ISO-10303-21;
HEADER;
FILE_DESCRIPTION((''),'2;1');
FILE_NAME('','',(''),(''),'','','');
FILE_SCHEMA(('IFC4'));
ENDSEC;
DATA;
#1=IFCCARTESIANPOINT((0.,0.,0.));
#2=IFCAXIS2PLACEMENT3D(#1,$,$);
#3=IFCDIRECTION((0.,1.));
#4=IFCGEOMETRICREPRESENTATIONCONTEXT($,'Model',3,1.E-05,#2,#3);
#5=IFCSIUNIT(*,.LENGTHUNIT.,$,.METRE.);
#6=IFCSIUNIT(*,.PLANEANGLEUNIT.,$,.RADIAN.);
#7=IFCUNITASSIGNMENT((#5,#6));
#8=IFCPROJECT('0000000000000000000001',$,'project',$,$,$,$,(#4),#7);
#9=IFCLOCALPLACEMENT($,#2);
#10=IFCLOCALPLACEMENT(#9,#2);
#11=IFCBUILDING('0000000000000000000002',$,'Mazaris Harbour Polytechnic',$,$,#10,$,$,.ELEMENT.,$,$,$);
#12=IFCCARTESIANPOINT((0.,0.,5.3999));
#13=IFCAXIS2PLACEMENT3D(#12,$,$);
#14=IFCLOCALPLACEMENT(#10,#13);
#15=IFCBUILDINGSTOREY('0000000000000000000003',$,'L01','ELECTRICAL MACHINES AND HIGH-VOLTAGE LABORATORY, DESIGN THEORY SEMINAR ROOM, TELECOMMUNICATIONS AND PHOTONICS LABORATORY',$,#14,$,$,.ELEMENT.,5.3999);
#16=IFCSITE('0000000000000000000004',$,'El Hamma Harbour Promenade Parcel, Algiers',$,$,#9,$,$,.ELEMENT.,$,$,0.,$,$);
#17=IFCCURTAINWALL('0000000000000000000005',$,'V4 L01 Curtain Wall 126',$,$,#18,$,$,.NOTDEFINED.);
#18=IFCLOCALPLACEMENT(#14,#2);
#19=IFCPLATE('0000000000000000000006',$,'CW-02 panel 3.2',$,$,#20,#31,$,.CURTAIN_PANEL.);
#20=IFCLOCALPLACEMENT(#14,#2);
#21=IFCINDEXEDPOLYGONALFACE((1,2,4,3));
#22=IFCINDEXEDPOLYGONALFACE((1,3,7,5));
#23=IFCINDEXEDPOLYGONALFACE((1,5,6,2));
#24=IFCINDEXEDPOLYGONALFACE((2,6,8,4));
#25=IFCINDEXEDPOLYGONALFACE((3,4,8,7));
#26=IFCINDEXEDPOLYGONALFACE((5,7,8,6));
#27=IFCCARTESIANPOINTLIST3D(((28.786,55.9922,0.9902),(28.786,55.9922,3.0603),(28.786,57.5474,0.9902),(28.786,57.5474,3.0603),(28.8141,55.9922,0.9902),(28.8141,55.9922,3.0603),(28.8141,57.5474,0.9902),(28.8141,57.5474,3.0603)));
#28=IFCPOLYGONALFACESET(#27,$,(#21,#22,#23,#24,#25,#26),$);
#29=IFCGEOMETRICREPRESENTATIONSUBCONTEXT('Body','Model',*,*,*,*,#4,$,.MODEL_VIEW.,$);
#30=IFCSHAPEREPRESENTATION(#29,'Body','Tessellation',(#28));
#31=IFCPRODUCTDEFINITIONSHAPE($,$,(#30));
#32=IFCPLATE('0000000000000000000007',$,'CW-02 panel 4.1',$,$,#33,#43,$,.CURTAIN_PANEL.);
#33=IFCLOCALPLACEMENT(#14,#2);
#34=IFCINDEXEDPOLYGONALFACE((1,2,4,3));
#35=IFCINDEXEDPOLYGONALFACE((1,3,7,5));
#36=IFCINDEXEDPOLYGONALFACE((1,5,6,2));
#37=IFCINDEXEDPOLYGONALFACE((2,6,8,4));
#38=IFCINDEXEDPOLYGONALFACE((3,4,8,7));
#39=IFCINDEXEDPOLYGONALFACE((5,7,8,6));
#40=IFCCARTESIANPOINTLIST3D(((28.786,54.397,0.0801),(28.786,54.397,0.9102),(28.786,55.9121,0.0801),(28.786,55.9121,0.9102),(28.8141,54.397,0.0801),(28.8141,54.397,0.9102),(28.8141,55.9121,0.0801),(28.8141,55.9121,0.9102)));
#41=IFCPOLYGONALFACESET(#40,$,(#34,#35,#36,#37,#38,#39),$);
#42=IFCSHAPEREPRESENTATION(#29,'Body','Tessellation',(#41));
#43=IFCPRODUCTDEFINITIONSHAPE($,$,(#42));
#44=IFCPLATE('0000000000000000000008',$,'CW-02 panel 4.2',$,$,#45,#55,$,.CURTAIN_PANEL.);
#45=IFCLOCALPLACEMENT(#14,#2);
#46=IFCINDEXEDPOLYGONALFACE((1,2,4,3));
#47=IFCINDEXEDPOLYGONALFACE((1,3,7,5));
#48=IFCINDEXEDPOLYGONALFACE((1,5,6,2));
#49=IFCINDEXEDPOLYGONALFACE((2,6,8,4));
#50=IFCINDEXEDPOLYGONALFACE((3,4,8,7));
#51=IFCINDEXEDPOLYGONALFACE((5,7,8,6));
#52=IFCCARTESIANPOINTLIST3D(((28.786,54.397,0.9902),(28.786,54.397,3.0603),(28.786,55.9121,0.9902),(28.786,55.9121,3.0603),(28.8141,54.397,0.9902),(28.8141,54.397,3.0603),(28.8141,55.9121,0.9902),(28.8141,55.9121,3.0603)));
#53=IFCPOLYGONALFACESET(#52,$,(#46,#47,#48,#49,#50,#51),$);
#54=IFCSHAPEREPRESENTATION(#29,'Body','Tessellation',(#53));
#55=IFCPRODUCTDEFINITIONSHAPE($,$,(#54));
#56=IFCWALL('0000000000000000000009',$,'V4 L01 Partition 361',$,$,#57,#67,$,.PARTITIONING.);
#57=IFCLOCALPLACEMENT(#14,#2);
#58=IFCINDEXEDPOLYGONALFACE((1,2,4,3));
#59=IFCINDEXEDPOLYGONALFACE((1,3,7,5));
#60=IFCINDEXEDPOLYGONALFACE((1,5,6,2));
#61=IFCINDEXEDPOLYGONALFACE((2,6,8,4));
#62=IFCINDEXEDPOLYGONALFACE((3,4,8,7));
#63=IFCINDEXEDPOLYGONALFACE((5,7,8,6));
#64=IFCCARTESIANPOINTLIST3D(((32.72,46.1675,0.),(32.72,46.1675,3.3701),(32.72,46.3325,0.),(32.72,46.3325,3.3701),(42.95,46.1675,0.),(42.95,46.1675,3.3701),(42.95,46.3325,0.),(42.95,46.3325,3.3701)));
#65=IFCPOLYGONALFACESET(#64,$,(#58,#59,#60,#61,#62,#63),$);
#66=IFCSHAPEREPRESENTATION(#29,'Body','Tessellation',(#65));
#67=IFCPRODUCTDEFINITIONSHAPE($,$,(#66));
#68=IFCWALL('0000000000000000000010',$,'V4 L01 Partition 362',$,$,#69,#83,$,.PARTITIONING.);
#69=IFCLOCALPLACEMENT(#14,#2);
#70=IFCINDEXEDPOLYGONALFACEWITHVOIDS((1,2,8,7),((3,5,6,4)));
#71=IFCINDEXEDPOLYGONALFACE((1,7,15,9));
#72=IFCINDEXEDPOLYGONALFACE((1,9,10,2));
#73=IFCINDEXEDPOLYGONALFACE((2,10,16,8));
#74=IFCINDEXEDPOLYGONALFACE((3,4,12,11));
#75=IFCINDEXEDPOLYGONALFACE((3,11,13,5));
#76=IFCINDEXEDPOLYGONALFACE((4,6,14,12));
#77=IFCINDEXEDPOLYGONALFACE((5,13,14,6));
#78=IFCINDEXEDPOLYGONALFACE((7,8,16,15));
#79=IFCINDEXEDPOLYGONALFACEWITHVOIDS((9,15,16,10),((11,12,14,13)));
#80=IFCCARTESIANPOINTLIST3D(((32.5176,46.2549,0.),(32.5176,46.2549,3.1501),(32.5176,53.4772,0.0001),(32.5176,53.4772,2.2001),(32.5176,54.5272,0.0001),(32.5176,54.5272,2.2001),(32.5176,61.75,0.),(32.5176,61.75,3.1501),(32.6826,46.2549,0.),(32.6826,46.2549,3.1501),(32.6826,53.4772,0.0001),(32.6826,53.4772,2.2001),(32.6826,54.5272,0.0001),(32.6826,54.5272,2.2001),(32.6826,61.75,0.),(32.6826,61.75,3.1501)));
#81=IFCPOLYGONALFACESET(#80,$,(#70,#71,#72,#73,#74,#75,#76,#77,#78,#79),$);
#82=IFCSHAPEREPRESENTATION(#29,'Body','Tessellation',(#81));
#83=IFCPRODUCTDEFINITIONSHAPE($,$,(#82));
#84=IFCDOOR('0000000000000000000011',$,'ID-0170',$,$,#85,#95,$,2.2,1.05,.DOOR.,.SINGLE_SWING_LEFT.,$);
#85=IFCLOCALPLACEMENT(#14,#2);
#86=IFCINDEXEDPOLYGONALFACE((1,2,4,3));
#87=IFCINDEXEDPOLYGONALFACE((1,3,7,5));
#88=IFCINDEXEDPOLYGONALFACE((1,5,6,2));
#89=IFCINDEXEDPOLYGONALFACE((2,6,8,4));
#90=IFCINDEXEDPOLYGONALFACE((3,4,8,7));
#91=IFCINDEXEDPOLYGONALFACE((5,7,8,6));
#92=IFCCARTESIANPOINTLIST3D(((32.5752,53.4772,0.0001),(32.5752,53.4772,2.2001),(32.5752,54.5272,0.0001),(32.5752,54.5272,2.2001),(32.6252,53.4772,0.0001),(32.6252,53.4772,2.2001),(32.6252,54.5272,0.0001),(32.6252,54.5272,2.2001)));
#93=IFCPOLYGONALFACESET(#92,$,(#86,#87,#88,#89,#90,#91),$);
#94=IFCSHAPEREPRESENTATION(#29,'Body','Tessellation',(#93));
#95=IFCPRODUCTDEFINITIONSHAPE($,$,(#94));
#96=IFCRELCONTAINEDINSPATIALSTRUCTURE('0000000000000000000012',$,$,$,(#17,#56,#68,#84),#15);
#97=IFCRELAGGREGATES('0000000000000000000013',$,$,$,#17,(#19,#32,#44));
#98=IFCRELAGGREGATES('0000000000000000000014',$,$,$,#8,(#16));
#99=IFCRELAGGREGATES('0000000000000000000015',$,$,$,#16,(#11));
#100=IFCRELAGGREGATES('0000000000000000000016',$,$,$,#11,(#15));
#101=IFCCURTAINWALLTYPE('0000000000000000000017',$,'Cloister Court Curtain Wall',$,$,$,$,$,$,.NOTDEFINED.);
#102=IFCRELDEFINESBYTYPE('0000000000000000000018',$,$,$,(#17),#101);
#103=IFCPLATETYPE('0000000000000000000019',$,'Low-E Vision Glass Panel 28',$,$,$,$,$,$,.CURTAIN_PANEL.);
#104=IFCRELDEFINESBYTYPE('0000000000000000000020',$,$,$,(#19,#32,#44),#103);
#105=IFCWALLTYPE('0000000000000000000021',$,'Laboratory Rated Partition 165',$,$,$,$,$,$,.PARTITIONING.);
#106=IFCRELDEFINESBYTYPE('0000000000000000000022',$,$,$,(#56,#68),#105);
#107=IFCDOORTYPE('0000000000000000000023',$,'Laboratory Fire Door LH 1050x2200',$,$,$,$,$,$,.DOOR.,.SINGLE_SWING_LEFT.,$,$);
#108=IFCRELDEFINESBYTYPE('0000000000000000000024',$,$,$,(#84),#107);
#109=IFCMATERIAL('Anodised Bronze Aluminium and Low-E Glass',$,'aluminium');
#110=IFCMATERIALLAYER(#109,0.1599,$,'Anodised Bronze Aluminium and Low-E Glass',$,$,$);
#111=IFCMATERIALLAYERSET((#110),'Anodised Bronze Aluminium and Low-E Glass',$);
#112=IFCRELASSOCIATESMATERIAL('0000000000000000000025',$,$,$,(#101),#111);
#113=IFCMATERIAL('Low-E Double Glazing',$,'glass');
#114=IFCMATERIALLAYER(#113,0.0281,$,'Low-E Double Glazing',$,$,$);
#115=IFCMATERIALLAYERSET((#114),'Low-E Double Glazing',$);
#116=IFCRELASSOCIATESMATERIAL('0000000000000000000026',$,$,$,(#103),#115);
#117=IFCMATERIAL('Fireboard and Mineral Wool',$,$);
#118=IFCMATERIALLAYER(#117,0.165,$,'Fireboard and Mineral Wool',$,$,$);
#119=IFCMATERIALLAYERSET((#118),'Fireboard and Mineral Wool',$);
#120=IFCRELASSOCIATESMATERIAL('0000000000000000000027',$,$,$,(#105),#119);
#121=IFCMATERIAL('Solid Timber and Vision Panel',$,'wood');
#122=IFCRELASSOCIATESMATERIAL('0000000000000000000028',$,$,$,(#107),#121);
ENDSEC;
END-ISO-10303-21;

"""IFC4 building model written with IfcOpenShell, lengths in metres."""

from ifc_helpers import new_model, si_unit, direction, frame, frame_2d, origin, origin_2d, place, context, subcontext, project, spatial, rectangle, extrude, material, layer, layer_set, type_object, element, fill, aggregate, save


model = new_model("IFC4")

# Units and contexts
model_context = context("Model", 3, precision=1e-05, world=origin(), true_north=direction((0.0, 1.0)))
body_context = subcontext(model_context, "Body", "Model", "MODEL_VIEW")
ifc_project = project(units=[si_unit("LENGTHUNIT", "METRE"), si_unit("PLANEANGLEUNIT", "RADIAN")], contexts=[model_context])

# Site, building, storey
site_placement = place(None, origin())
site = spatial("IfcSite", under=ifc_project, at=site_placement, Name="El Hamma Harbour Promenade Parcel, Algiers", CompositionType="ELEMENT", RefElevation=0.0)
building_placement = place(site_placement, origin())
building = spatial("IfcBuilding", under=site, at=building_placement, Name="Mazaris Harbour Polytechnic", CompositionType="ELEMENT")
storey_placement = place(building_placement, frame((0.0, 0.0, 5.3999)))
storey = spatial("IfcBuildingStorey", under=building, at=storey_placement, Name="L01", Description="ELECTRICAL MACHINES AND HIGH-VOLTAGE LABORATORY, DESIGN THEORY SEMINAR ROOM, TELECOMMUNICATIONS AND PHOTONICS LABORATORY", CompositionType="ELEMENT", Elevation=5.3999)

# Curtain wall
ifc_material_1 = material(Name="Anodised Bronze Aluminium and Low-E Glass", Category="aluminium")
ifc_layer_1 = layer(ifc_material_1, 0.1599, Name="Anodised Bronze Aluminium and Low-E Glass")
ifc_layer_set_1 = layer_set([ifc_layer_1], Name="Anodised Bronze Aluminium and Low-E Glass")
curtain_wall_type = type_object("IfcCurtainWallType", Name="Cloister Court Curtain Wall", PredefinedType="NOTDEFINED", material=ifc_layer_set_1)
curtain_wall_1_placement = place(storey_placement, origin())
curtain_wall_1 = element("IfcCurtainWall", 1, at=curtain_wall_1_placement, inside=storey, type_object=curtain_wall_type, Name="V4 L01 Curtain Wall 126", PredefinedType="NOTDEFINED")

# Plates
ifc_material_2 = material(Name="Low-E Double Glazing", Category="glass")
ifc_layer_2 = layer(ifc_material_2, 0.0281, Name="Low-E Double Glazing")
ifc_layer_set_2 = layer_set([ifc_layer_2], Name="Low-E Double Glazing")
plate_type = type_object("IfcPlateType", Name="Low-E Vision Glass Panel 28", PredefinedType="CURTAIN_PANEL", material=ifc_layer_set_2)
plate_1_placement = place(storey_placement, frame((28.8, 56.7698, 0.9902), z_axis=(0.0, 0.0, 1.0), x_axis=(0.0, -1.0, 0.0)))
plate_1 = element("IfcPlate", 2, at=plate_1_placement, type_object=plate_type, Name="CW-02 panel 3.2", PredefinedType="CURTAIN_PANEL", context=body_context, shape_type="SweptSolid", body=[
    extrude(rectangle(XDim=1.5552, YDim=0.0281, at=origin_2d()), origin(), (0.0, 0.0, 1.0), 2.0701),
])
plate_2_placement = place(storey_placement, frame((28.8, 55.1545, 0.0801), z_axis=(0.0, 0.0, 1.0), x_axis=(0.0, -1.0, 0.0)))
plate_2 = element("IfcPlate", 3, at=plate_2_placement, type_object=plate_type, Name="CW-02 panel 4.1", PredefinedType="CURTAIN_PANEL", context=body_context, shape_type="SweptSolid", body=[
    extrude(rectangle(XDim=1.5151, YDim=0.0281, at=origin_2d()), origin(), (0.0, 0.0, 1.0), 0.8301),
])
plate_3_placement = place(storey_placement, frame((28.8, 55.1545, 0.9902), z_axis=(0.0, 0.0, 1.0), x_axis=(0.0, -1.0, 0.0)))
plate_3 = element("IfcPlate", 4, at=plate_3_placement, type_object=plate_type, Name="CW-02 panel 4.2", PredefinedType="CURTAIN_PANEL", context=body_context, shape_type="SweptSolid", body=[
    extrude(rectangle(XDim=1.5151, YDim=0.0281, at=origin_2d()), origin(), (0.0, 0.0, 1.0), 2.0701),
])
aggregate(curtain_wall_1, [plate_1, plate_2, plate_3])

# Wall
ifc_material_3 = material(Name="Fireboard and Mineral Wool")
ifc_layer_3 = layer(ifc_material_3, 0.165, Name="Fireboard and Mineral Wool")
ifc_layer_set_3 = layer_set([ifc_layer_3], Name="Fireboard and Mineral Wool")
wall_type = type_object("IfcWallType", Name="Laboratory Rated Partition 165", PredefinedType="PARTITIONING", material=ifc_layer_set_3)
wall_1_placement = place(storey_placement, frame((32.72, 46.25, 0.0), z_axis=(0.0, 0.0, 1.0), x_axis=(1.0, 0.0, 0.0)))
element("IfcWall", 5, at=wall_1_placement, inside=storey, type_object=wall_type, Name="V4 L01 Partition 361", PredefinedType="PARTITIONING", context=body_context, shape_type="SweptSolid", body=[
    extrude(rectangle(XDim=10.23, YDim=0.165, at=frame_2d((5.115, 0.0))), origin(), (0.0, 0.0, 1.0), 3.3701),
])

# Wall, opening, door
wall_2_placement = place(storey_placement, frame((32.6001, 46.2549, 0.0), z_axis=(0.0, 0.0, 1.0), x_axis=(0.0, 1.0, 0.0)))
wall_2 = element("IfcWall", 6, at=wall_2_placement, inside=storey, type_object=wall_type, Name="V4 L01 Partition 362", PredefinedType="PARTITIONING", context=body_context, shape_type="SweptSolid", body=[
    extrude(rectangle(XDim=15.4951, YDim=0.165, at=frame_2d((7.7476, 0.0))), origin(), (0.0, 0.0, 1.0), 3.1501),
])
opening_placement = place(wall_2_placement, frame((7.2224, 0.0, 0.0)))
opening = element("IfcOpeningElement", 7, at=opening_placement, cuts=wall_2, PredefinedType="OPENING", context=body_context, shape_type="SweptSolid", body=[
    extrude(rectangle(XDim=1.05, YDim=2.2, at=frame_2d((0.5249, 1.1001))), frame((0.0, 0.0925, 0.0), z_axis=(0.0, -1.0, 0.0), x_axis=(1.0, 0.0, 0.0)), (0.0, 0.0, 1.0), 0.1851),
])
ifc_material_4 = material(Name="Solid Timber and Vision Panel", Category="wood")
door_type = type_object("IfcDoorType", Name="Laboratory Fire Door LH 1050x2200", OperationType="SINGLE_SWING_LEFT", PredefinedType="DOOR", material=ifc_material_4)
door_placement = place(opening_placement, origin())
door = element("IfcDoor", 8, at=door_placement, inside=storey, type_object=door_type, Name="ID-0170", OperationType="SINGLE_SWING_LEFT", OverallHeight=2.2, OverallWidth=1.05, PredefinedType="DOOR", context=body_context, shape_type="SweptSolid", body=[
    extrude(rectangle(XDim=1.05, YDim=2.2, at=frame_2d((0.5249, 1.1001))), frame((0.0, 0.0249, 0.0), z_axis=(0.0, -1.0, 0.0), x_axis=(1.0, 0.0, 0.0)), (0.0, 0.0, 1.0), 0.05),
])
fill(opening, door)

save(model, "model.ifc")
